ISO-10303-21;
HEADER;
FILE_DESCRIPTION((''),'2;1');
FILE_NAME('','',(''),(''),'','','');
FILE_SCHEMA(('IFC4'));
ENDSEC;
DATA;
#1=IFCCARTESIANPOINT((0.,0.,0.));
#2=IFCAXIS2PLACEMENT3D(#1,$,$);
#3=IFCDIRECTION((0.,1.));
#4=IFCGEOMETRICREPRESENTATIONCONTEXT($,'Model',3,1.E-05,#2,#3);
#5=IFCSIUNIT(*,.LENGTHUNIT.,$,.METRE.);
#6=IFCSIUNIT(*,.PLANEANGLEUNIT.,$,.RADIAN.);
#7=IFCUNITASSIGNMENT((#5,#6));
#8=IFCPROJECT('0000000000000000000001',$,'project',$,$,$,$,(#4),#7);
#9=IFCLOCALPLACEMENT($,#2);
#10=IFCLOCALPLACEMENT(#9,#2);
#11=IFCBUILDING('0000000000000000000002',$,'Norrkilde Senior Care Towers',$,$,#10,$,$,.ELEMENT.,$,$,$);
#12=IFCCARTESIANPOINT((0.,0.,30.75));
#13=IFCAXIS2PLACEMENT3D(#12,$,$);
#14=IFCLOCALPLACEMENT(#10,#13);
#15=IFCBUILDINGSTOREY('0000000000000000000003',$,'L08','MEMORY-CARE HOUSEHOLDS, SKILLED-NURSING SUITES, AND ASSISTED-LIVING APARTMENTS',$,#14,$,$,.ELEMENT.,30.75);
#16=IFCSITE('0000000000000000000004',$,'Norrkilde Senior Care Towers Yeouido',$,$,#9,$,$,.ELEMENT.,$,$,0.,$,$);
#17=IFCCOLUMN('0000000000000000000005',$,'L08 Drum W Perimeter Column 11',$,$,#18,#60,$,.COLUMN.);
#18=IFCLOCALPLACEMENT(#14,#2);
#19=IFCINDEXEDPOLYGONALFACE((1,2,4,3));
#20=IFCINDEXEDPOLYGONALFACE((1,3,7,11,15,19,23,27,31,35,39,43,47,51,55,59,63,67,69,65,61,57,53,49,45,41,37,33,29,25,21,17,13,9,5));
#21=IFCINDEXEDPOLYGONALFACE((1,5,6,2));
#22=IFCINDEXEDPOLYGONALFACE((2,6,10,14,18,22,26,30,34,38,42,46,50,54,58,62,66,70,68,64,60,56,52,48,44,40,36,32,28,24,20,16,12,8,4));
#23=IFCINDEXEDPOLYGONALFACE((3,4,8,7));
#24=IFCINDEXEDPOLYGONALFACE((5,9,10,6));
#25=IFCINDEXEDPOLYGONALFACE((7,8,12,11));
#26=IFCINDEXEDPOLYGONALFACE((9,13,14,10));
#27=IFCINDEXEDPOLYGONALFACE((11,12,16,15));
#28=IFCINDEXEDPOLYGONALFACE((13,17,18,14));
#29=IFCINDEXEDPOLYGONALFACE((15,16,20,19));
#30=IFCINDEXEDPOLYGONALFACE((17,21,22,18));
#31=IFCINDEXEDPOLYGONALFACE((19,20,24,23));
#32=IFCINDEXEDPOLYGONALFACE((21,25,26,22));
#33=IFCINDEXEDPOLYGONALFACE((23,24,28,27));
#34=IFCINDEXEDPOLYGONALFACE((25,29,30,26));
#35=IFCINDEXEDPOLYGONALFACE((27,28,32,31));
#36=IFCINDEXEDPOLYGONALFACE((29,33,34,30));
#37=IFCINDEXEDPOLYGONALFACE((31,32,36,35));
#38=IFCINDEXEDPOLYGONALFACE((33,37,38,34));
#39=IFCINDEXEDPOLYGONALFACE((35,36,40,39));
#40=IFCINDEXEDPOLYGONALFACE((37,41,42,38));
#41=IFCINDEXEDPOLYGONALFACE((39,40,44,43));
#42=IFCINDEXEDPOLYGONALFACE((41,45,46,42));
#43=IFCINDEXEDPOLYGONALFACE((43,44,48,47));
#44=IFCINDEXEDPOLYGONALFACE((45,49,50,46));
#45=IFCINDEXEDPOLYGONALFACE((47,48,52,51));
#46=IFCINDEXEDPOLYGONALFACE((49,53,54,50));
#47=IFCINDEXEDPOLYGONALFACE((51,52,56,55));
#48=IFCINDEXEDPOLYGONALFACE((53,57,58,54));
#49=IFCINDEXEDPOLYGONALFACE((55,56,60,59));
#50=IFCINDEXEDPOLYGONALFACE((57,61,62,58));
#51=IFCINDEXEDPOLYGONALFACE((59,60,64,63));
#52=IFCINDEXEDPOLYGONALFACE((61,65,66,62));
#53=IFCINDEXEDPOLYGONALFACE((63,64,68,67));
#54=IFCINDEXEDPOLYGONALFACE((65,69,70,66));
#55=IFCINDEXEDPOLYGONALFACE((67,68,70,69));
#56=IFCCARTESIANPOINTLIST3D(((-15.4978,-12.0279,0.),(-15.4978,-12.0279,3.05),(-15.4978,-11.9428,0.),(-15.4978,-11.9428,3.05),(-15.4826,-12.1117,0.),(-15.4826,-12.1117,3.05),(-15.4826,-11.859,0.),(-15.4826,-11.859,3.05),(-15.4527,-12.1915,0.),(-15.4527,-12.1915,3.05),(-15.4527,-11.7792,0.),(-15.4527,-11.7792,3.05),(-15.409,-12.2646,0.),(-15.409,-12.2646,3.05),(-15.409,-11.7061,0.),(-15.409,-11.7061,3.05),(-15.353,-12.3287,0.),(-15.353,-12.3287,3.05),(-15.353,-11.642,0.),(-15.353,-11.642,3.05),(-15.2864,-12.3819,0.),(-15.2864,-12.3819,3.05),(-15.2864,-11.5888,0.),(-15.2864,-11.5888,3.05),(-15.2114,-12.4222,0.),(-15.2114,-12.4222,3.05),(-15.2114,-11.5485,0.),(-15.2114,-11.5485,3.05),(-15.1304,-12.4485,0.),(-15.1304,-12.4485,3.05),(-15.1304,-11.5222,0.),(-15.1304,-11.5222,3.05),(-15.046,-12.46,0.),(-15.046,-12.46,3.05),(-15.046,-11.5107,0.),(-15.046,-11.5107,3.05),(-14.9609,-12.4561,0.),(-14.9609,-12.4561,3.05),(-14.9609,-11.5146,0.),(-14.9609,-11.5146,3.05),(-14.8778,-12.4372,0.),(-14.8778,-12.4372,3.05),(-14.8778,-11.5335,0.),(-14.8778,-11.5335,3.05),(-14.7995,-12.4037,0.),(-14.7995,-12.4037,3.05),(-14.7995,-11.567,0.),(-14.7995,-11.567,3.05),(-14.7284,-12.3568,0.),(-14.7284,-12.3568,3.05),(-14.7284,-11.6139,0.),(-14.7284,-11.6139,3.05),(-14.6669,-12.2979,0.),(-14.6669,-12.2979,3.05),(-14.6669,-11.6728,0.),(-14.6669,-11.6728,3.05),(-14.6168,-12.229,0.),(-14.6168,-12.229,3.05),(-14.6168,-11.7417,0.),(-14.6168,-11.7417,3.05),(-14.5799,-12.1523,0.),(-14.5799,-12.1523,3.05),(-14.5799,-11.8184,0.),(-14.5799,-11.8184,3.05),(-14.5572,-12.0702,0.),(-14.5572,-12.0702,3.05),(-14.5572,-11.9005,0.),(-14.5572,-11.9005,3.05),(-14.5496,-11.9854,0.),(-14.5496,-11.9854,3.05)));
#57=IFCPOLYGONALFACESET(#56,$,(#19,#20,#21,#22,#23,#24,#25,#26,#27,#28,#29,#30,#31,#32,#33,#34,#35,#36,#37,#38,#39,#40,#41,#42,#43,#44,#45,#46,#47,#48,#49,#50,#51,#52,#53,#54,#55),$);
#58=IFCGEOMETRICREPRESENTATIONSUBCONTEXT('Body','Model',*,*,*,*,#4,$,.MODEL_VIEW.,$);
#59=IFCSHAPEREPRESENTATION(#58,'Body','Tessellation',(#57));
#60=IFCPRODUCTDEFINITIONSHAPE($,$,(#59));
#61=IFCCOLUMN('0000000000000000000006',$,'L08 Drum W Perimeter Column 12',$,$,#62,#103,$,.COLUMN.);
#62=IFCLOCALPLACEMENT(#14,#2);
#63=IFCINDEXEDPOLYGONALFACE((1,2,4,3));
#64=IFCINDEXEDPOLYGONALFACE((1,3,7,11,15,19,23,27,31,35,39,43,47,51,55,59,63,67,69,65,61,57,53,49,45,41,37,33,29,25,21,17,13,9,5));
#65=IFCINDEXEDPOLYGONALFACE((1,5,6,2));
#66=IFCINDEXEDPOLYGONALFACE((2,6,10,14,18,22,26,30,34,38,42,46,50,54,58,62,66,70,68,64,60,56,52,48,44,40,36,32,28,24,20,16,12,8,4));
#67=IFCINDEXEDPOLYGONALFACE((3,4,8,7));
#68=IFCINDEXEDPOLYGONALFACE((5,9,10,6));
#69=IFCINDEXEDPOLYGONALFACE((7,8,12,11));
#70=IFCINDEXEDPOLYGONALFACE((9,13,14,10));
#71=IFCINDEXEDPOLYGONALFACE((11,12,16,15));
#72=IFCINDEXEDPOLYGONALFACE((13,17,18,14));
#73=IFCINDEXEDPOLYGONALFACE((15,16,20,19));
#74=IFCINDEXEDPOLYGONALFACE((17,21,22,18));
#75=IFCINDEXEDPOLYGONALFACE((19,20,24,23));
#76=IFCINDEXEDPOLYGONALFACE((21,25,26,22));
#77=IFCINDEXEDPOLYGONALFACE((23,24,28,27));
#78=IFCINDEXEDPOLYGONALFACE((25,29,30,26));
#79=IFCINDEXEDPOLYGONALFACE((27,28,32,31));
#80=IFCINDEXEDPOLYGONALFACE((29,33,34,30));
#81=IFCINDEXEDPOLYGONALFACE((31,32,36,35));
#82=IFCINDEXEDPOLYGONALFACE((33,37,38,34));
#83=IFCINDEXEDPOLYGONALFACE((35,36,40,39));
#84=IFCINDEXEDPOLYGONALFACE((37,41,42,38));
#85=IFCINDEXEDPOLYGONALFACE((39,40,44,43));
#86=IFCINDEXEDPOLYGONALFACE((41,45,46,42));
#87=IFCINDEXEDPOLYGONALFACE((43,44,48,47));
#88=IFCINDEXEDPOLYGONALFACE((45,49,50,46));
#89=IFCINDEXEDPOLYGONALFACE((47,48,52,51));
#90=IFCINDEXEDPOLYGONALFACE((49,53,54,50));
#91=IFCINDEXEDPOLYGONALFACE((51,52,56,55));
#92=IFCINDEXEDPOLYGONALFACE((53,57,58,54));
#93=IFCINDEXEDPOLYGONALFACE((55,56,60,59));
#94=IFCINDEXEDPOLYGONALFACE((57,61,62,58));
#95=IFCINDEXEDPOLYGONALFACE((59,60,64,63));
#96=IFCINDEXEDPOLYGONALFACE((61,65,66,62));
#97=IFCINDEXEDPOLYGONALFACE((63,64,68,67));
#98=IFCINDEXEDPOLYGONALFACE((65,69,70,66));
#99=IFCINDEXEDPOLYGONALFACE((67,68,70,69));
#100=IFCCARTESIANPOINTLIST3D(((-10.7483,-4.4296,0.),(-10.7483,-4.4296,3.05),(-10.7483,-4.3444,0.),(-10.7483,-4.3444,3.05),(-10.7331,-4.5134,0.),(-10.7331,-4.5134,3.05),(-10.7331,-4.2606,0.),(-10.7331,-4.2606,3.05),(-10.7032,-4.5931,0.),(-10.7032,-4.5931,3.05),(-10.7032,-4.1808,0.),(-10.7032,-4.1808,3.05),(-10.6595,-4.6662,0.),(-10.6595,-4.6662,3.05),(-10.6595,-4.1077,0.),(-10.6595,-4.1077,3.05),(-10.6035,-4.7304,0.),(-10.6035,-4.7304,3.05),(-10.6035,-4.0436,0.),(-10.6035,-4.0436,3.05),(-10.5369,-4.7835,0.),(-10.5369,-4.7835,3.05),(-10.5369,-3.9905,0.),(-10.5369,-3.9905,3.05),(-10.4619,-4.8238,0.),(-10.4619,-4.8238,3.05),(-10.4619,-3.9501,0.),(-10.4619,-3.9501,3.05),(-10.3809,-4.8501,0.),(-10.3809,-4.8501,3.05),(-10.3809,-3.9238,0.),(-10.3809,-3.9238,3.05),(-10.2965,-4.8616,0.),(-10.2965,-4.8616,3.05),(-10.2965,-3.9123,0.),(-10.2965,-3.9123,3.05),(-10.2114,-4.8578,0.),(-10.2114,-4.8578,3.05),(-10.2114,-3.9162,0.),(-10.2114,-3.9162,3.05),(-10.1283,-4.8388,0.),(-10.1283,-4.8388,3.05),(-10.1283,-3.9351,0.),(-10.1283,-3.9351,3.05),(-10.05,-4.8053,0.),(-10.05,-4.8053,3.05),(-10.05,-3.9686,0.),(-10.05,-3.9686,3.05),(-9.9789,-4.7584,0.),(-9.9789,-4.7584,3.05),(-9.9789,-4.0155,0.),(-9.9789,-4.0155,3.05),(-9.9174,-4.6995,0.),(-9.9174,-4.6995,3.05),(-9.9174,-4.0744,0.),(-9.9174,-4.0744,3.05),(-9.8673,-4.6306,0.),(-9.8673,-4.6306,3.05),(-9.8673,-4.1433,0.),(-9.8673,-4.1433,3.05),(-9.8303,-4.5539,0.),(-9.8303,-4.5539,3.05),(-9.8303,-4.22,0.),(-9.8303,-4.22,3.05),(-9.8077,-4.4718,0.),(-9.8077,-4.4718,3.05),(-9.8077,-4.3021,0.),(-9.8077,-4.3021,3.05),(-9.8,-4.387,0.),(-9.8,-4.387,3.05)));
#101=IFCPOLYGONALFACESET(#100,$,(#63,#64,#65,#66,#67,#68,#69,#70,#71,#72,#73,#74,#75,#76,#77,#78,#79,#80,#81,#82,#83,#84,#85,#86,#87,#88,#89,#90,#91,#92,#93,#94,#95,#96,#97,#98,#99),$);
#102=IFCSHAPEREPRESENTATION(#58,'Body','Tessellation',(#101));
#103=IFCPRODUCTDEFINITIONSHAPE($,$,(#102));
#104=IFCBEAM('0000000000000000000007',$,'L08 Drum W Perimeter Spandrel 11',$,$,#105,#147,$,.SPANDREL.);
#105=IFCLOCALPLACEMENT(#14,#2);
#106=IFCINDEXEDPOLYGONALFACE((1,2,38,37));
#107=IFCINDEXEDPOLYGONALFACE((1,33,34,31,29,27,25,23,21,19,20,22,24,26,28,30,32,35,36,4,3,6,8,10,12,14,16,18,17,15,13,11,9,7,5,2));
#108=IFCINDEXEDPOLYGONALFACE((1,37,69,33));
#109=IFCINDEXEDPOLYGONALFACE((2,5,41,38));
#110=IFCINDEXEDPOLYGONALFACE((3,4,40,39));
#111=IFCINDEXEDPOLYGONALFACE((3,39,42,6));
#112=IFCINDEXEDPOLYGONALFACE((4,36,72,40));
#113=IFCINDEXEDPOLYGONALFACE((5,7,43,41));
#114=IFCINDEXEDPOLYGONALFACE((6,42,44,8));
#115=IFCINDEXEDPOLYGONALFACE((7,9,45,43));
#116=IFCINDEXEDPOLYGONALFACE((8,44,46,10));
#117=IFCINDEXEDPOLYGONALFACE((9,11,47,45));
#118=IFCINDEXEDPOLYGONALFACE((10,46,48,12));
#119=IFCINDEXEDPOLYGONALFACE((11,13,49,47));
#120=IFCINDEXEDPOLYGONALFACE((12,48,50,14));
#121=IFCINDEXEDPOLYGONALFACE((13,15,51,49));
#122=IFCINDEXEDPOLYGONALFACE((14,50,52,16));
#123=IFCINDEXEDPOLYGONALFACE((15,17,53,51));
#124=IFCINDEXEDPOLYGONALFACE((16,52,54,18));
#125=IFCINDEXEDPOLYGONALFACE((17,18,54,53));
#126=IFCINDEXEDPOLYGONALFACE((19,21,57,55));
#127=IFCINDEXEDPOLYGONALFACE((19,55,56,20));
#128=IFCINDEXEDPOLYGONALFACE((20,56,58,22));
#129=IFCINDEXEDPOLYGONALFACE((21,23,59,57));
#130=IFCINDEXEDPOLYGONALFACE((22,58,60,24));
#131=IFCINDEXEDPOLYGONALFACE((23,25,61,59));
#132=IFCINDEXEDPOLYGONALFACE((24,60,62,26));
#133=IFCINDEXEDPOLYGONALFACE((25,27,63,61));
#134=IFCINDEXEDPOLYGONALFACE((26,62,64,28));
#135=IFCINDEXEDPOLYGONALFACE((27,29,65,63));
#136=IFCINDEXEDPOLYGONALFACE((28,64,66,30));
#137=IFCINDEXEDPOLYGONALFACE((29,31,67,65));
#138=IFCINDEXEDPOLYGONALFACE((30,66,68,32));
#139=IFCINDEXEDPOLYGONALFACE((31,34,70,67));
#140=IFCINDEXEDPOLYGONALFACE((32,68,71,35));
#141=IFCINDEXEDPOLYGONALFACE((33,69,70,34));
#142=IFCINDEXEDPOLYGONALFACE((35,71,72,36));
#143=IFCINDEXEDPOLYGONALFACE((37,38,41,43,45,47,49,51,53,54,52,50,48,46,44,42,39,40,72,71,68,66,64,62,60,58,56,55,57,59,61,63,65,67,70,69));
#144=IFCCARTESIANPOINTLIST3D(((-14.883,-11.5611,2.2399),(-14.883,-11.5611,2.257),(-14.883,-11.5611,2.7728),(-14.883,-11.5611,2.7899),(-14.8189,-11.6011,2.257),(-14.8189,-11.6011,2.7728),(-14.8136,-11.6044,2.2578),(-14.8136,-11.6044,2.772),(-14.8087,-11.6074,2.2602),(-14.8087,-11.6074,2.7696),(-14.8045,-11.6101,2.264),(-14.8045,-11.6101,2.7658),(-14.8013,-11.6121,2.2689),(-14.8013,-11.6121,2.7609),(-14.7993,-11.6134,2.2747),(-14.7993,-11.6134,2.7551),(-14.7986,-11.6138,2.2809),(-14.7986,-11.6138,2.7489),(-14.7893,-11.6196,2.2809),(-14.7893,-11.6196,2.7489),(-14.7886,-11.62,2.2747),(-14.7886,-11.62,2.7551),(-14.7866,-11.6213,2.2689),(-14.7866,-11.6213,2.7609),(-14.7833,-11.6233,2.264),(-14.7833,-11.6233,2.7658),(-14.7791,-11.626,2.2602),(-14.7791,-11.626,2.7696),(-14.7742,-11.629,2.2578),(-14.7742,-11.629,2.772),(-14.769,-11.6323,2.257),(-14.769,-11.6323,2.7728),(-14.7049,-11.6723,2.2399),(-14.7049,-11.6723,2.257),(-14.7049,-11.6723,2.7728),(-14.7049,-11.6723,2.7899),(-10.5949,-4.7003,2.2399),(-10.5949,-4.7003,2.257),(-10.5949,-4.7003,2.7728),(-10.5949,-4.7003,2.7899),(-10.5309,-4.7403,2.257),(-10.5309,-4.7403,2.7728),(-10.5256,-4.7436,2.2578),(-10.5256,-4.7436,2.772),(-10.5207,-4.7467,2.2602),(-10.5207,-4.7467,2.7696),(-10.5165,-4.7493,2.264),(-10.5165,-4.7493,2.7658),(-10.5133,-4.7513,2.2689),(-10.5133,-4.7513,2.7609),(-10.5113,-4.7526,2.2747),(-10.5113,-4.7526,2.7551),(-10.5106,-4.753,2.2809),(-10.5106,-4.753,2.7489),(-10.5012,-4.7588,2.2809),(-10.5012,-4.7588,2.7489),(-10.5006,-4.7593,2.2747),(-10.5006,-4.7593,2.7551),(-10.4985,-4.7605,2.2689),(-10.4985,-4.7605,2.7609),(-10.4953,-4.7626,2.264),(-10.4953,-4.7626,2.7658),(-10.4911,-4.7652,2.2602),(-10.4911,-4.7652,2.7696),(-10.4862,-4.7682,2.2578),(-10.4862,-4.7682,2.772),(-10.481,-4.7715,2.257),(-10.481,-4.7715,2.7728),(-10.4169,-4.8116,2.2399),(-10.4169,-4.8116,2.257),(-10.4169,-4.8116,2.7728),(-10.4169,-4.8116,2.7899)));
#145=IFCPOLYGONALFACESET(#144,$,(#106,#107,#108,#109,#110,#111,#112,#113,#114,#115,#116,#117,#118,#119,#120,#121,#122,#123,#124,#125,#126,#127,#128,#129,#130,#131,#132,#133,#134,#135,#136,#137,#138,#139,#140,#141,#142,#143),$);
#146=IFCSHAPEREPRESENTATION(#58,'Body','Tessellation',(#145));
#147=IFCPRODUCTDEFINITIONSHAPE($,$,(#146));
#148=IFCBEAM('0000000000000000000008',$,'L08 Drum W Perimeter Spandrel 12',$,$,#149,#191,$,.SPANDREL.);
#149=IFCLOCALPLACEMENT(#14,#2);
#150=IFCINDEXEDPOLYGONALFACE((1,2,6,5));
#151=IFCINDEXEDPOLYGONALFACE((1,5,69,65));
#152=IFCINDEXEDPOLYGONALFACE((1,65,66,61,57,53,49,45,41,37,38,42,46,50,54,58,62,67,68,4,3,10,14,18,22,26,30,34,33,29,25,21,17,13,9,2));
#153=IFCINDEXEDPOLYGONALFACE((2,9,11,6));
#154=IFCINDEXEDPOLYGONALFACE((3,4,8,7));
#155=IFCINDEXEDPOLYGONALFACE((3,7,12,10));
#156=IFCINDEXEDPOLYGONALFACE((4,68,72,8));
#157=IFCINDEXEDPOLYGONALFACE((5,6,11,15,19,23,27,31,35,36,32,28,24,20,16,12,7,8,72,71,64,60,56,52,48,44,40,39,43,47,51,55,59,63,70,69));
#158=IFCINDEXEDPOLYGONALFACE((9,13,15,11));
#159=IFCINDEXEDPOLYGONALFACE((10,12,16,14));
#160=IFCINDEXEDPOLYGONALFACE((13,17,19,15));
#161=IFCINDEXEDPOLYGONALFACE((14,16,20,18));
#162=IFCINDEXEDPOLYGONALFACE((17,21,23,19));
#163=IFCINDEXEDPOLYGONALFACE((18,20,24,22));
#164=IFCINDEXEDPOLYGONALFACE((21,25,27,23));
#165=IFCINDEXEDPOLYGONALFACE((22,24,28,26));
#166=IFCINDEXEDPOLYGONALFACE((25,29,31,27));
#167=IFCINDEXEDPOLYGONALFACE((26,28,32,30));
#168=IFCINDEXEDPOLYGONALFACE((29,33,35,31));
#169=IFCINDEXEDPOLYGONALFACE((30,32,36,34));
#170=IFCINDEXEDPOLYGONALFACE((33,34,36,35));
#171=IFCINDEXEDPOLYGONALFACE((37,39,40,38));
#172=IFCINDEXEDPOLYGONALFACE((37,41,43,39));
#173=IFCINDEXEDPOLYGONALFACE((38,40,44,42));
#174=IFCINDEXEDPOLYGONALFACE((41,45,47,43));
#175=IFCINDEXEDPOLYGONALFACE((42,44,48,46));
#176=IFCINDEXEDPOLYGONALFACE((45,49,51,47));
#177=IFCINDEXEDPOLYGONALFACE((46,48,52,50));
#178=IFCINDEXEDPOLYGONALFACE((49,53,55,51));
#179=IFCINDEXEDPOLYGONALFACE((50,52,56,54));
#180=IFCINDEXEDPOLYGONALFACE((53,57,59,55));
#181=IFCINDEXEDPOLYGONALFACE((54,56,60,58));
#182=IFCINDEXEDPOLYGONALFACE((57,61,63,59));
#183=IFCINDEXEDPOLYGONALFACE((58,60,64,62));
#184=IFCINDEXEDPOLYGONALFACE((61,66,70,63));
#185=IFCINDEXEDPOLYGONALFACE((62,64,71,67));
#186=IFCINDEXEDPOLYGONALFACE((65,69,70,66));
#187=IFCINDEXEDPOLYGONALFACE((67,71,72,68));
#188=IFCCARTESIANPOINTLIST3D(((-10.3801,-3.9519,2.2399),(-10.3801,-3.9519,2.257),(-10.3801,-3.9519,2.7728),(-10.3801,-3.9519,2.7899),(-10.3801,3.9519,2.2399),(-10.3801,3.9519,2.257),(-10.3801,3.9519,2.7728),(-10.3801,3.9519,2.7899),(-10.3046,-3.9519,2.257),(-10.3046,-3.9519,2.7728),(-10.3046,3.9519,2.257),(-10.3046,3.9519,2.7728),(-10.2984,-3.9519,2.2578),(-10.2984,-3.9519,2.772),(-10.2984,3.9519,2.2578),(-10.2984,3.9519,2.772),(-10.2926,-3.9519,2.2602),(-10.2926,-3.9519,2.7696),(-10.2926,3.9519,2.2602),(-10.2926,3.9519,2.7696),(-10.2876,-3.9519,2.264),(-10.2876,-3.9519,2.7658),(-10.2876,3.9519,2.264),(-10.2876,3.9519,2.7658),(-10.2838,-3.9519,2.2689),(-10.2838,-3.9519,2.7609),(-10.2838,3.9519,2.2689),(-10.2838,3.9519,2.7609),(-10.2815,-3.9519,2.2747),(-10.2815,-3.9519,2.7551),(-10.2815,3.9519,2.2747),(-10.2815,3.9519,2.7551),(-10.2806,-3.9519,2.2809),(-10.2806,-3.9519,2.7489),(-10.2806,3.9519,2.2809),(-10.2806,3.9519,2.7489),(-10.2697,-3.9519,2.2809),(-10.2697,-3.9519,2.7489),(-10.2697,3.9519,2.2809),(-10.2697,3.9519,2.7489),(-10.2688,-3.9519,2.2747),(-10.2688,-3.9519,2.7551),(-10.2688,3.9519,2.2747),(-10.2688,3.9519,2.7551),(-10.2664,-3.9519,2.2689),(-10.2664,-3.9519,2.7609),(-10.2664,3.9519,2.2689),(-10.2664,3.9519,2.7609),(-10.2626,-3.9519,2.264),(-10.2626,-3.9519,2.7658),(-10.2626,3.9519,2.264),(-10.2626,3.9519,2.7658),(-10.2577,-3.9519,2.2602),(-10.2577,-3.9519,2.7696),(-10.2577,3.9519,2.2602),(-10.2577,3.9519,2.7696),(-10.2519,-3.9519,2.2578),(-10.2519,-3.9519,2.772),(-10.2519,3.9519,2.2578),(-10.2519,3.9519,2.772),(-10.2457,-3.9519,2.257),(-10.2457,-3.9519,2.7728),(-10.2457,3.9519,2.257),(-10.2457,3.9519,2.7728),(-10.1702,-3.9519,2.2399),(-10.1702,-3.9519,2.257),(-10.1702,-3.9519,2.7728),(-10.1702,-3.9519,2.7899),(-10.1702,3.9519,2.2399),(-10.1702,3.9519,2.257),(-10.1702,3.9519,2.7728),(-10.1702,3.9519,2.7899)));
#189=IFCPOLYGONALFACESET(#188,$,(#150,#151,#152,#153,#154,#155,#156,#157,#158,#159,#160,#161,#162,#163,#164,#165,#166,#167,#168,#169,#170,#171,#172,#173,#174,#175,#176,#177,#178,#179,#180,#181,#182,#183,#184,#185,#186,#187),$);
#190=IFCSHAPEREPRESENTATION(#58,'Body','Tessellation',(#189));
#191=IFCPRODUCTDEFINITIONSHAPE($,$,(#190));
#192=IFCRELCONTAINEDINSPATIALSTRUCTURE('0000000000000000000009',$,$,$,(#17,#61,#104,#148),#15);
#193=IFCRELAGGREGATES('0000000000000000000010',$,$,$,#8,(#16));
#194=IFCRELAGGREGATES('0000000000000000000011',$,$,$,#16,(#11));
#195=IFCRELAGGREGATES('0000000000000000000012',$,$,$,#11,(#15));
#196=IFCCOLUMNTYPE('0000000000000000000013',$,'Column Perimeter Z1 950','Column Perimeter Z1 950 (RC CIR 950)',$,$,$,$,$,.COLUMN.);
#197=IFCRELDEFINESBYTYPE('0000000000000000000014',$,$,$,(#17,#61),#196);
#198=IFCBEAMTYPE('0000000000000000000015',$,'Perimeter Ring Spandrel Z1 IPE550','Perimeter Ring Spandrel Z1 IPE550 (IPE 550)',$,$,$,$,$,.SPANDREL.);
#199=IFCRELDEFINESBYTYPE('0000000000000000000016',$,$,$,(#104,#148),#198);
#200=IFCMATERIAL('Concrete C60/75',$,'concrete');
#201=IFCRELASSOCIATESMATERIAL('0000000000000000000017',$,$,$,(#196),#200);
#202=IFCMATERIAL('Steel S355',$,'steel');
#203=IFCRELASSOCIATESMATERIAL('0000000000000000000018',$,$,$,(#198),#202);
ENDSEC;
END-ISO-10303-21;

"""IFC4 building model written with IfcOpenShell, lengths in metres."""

from ifc_helpers import new_model, si_unit, direction, frame, origin, origin_2d, place, context, subcontext, project, spatial, circle, i_section, extrude, source, transform, mapped, material, material_profile, profile_set, type_object, type_shapes, element, save


model = new_model("IFC4")

# Units and contexts
model_context = context("Model", 3, precision=1e-05, world=origin(), true_north=direction((0.0, 1.0)))
body_context = subcontext(model_context, "Body", "Model", "MODEL_VIEW")
ifc_project = project(units=[si_unit("LENGTHUNIT", "METRE"), si_unit("PLANEANGLEUNIT", "RADIAN")], contexts=[model_context])

# Site, building, storey
site_placement = place(None, origin())
site = spatial("IfcSite", under=ifc_project, at=site_placement, Name="Norrkilde Senior Care Towers Yeouido", CompositionType="ELEMENT", RefElevation=0.0)
building_placement = place(site_placement, origin())
building = spatial("IfcBuilding", under=site, at=building_placement, Name="Norrkilde Senior Care Towers", CompositionType="ELEMENT")
storey_placement = place(building_placement, frame((0.0, 0.0, 30.75)))
storey = spatial("IfcBuildingStorey", under=building, at=storey_placement, Name="L08", Description="MEMORY-CARE HOUSEHOLDS, SKILLED-NURSING SUITES, AND ASSISTED-LIVING APARTMENTS", CompositionType="ELEMENT", Elevation=30.75)

# Columns
ifc_material_1 = material(Name="Concrete C60/75", Category="concrete")
ifc_material_profile_1 = material_profile(ifc_material_1, circle(Radius=0.4751, at=origin_2d()), Name="RC CIR 950")
ifc_profile_set_1 = profile_set([ifc_material_profile_1], Name="Concrete C60/75")
column_type = type_object("IfcColumnType", Name="Column Perimeter Z1 950", Description="Column Perimeter Z1 950 (RC CIR 950)", PredefinedType="COLUMN", material=ifc_profile_set_1)
shared_shape_1 = source(origin(), body_context, "Body", "SweptSolid", [
    extrude(circle(Radius=0.4751, at=origin_2d()), origin(), (0.0, 0.0, 1.0), 3.05),
])
type_shapes(column_type, [shared_shape_1])
for number, where, z_axis, x_axis, name in (
    (1, (-15.0247, -11.9854, 0.0), (0.0, 0.0, 1.0), (1.0, 0.0, 0.0), "L08 Drum W Perimeter Column 11"),
    (2, (-10.2751, -4.387, 0.0), (0.0, 0.0, 1.0), (1.0, 0.0, 0.0), "L08 Drum W Perimeter Column 12"),
):
    element("IfcColumn", number, at=place(storey_placement, frame(where, z_axis=z_axis, x_axis=x_axis)), inside=storey, type_object=column_type, Name=name, PredefinedType="COLUMN", context=body_context, shape_type="MappedRepresentation", body=[
        mapped(shared_shape_1, transform((0.0, 0.0, 0.0), x_axis=(1.0, 0.0, 0.0), y_axis=(0.0, 1.0, 0.0), z_axis=(0.0, 0.0, 1.0), scale=1.0)),
    ])

# Beams
ifc_material_2 = material(Name="Steel S355", Category="steel")
ifc_material_profile_2 = material_profile(ifc_material_2, i_section(OverallWidth=0.21, OverallDepth=0.55, WebThickness=0.011, FlangeThickness=0.0171, FilletRadius=0.0239, at=origin_2d()), Name="IPE 550")
ifc_profile_set_2 = profile_set([ifc_material_profile_2], Name="Steel S355")
beam_type_1 = type_object("IfcBeamType", Name="Perimeter Ring Spandrel Z1 IPE550", Description="Perimeter Ring Spandrel Z1 IPE550 (IPE 550)", PredefinedType="SPANDREL", material=ifc_profile_set_2)
shared_shape_2 = source(origin(), body_context, "Body", "SweptSolid", [
    extrude(i_section(OverallWidth=0.21, OverallDepth=0.55, WebThickness=0.011, FlangeThickness=0.0171, FilletRadius=0.0239, at=origin_2d()), origin(), (0.0, 0.0, 1.0), 8.0906),
])
beam_1_placement = place(storey_placement, frame((-14.7939, -11.6167, 2.5149), z_axis=(0.530004, 0.847995, 0.0), x_axis=(-0.847995, 0.530004, 0.0)))
element("IfcBeam", 3, at=beam_1_placement, inside=storey, type_object=beam_type_1, Name="L08 Drum W Perimeter Spandrel 11", PredefinedType="SPANDREL", context=body_context, shape_type="MappedRepresentation", body=[
    mapped(shared_shape_2, transform((0.0, 0.0, 0.0), x_axis=(1.0, 0.0, 0.0), y_axis=(0.0, 1.0, 0.0), z_axis=(0.0, 0.0, 1.0), scale=1.0)),
])
shared_shape_3 = source(origin(), body_context, "Body", "SweptSolid", [
    extrude(i_section(OverallWidth=0.21, OverallDepth=0.55, WebThickness=0.011, FlangeThickness=0.0171, FilletRadius=0.0239, at=origin_2d()), origin(), (0.0, 0.0, 1.0), 7.9038),
])
type_shapes(beam_type_1, [shared_shape_2, shared_shape_3])
beam_2_placement = place(storey_placement, frame((-10.2751, -3.9519, 2.5149), z_axis=(0.0, 1.0, 0.0), x_axis=(-1.0, 0.0, 0.0)))
element("IfcBeam", 4, at=beam_2_placement, inside=storey, type_object=beam_type_1, Name="L08 Drum W Perimeter Spandrel 12", PredefinedType="SPANDREL", context=body_context, shape_type="MappedRepresentation", body=[
    mapped(shared_shape_3, transform((0.0, 0.0, 0.0), x_axis=(1.0, 0.0, 0.0), y_axis=(0.0, 1.0, 0.0), z_axis=(0.0, 0.0, 1.0), scale=1.0)),
])

save(model, "model.ifc")
